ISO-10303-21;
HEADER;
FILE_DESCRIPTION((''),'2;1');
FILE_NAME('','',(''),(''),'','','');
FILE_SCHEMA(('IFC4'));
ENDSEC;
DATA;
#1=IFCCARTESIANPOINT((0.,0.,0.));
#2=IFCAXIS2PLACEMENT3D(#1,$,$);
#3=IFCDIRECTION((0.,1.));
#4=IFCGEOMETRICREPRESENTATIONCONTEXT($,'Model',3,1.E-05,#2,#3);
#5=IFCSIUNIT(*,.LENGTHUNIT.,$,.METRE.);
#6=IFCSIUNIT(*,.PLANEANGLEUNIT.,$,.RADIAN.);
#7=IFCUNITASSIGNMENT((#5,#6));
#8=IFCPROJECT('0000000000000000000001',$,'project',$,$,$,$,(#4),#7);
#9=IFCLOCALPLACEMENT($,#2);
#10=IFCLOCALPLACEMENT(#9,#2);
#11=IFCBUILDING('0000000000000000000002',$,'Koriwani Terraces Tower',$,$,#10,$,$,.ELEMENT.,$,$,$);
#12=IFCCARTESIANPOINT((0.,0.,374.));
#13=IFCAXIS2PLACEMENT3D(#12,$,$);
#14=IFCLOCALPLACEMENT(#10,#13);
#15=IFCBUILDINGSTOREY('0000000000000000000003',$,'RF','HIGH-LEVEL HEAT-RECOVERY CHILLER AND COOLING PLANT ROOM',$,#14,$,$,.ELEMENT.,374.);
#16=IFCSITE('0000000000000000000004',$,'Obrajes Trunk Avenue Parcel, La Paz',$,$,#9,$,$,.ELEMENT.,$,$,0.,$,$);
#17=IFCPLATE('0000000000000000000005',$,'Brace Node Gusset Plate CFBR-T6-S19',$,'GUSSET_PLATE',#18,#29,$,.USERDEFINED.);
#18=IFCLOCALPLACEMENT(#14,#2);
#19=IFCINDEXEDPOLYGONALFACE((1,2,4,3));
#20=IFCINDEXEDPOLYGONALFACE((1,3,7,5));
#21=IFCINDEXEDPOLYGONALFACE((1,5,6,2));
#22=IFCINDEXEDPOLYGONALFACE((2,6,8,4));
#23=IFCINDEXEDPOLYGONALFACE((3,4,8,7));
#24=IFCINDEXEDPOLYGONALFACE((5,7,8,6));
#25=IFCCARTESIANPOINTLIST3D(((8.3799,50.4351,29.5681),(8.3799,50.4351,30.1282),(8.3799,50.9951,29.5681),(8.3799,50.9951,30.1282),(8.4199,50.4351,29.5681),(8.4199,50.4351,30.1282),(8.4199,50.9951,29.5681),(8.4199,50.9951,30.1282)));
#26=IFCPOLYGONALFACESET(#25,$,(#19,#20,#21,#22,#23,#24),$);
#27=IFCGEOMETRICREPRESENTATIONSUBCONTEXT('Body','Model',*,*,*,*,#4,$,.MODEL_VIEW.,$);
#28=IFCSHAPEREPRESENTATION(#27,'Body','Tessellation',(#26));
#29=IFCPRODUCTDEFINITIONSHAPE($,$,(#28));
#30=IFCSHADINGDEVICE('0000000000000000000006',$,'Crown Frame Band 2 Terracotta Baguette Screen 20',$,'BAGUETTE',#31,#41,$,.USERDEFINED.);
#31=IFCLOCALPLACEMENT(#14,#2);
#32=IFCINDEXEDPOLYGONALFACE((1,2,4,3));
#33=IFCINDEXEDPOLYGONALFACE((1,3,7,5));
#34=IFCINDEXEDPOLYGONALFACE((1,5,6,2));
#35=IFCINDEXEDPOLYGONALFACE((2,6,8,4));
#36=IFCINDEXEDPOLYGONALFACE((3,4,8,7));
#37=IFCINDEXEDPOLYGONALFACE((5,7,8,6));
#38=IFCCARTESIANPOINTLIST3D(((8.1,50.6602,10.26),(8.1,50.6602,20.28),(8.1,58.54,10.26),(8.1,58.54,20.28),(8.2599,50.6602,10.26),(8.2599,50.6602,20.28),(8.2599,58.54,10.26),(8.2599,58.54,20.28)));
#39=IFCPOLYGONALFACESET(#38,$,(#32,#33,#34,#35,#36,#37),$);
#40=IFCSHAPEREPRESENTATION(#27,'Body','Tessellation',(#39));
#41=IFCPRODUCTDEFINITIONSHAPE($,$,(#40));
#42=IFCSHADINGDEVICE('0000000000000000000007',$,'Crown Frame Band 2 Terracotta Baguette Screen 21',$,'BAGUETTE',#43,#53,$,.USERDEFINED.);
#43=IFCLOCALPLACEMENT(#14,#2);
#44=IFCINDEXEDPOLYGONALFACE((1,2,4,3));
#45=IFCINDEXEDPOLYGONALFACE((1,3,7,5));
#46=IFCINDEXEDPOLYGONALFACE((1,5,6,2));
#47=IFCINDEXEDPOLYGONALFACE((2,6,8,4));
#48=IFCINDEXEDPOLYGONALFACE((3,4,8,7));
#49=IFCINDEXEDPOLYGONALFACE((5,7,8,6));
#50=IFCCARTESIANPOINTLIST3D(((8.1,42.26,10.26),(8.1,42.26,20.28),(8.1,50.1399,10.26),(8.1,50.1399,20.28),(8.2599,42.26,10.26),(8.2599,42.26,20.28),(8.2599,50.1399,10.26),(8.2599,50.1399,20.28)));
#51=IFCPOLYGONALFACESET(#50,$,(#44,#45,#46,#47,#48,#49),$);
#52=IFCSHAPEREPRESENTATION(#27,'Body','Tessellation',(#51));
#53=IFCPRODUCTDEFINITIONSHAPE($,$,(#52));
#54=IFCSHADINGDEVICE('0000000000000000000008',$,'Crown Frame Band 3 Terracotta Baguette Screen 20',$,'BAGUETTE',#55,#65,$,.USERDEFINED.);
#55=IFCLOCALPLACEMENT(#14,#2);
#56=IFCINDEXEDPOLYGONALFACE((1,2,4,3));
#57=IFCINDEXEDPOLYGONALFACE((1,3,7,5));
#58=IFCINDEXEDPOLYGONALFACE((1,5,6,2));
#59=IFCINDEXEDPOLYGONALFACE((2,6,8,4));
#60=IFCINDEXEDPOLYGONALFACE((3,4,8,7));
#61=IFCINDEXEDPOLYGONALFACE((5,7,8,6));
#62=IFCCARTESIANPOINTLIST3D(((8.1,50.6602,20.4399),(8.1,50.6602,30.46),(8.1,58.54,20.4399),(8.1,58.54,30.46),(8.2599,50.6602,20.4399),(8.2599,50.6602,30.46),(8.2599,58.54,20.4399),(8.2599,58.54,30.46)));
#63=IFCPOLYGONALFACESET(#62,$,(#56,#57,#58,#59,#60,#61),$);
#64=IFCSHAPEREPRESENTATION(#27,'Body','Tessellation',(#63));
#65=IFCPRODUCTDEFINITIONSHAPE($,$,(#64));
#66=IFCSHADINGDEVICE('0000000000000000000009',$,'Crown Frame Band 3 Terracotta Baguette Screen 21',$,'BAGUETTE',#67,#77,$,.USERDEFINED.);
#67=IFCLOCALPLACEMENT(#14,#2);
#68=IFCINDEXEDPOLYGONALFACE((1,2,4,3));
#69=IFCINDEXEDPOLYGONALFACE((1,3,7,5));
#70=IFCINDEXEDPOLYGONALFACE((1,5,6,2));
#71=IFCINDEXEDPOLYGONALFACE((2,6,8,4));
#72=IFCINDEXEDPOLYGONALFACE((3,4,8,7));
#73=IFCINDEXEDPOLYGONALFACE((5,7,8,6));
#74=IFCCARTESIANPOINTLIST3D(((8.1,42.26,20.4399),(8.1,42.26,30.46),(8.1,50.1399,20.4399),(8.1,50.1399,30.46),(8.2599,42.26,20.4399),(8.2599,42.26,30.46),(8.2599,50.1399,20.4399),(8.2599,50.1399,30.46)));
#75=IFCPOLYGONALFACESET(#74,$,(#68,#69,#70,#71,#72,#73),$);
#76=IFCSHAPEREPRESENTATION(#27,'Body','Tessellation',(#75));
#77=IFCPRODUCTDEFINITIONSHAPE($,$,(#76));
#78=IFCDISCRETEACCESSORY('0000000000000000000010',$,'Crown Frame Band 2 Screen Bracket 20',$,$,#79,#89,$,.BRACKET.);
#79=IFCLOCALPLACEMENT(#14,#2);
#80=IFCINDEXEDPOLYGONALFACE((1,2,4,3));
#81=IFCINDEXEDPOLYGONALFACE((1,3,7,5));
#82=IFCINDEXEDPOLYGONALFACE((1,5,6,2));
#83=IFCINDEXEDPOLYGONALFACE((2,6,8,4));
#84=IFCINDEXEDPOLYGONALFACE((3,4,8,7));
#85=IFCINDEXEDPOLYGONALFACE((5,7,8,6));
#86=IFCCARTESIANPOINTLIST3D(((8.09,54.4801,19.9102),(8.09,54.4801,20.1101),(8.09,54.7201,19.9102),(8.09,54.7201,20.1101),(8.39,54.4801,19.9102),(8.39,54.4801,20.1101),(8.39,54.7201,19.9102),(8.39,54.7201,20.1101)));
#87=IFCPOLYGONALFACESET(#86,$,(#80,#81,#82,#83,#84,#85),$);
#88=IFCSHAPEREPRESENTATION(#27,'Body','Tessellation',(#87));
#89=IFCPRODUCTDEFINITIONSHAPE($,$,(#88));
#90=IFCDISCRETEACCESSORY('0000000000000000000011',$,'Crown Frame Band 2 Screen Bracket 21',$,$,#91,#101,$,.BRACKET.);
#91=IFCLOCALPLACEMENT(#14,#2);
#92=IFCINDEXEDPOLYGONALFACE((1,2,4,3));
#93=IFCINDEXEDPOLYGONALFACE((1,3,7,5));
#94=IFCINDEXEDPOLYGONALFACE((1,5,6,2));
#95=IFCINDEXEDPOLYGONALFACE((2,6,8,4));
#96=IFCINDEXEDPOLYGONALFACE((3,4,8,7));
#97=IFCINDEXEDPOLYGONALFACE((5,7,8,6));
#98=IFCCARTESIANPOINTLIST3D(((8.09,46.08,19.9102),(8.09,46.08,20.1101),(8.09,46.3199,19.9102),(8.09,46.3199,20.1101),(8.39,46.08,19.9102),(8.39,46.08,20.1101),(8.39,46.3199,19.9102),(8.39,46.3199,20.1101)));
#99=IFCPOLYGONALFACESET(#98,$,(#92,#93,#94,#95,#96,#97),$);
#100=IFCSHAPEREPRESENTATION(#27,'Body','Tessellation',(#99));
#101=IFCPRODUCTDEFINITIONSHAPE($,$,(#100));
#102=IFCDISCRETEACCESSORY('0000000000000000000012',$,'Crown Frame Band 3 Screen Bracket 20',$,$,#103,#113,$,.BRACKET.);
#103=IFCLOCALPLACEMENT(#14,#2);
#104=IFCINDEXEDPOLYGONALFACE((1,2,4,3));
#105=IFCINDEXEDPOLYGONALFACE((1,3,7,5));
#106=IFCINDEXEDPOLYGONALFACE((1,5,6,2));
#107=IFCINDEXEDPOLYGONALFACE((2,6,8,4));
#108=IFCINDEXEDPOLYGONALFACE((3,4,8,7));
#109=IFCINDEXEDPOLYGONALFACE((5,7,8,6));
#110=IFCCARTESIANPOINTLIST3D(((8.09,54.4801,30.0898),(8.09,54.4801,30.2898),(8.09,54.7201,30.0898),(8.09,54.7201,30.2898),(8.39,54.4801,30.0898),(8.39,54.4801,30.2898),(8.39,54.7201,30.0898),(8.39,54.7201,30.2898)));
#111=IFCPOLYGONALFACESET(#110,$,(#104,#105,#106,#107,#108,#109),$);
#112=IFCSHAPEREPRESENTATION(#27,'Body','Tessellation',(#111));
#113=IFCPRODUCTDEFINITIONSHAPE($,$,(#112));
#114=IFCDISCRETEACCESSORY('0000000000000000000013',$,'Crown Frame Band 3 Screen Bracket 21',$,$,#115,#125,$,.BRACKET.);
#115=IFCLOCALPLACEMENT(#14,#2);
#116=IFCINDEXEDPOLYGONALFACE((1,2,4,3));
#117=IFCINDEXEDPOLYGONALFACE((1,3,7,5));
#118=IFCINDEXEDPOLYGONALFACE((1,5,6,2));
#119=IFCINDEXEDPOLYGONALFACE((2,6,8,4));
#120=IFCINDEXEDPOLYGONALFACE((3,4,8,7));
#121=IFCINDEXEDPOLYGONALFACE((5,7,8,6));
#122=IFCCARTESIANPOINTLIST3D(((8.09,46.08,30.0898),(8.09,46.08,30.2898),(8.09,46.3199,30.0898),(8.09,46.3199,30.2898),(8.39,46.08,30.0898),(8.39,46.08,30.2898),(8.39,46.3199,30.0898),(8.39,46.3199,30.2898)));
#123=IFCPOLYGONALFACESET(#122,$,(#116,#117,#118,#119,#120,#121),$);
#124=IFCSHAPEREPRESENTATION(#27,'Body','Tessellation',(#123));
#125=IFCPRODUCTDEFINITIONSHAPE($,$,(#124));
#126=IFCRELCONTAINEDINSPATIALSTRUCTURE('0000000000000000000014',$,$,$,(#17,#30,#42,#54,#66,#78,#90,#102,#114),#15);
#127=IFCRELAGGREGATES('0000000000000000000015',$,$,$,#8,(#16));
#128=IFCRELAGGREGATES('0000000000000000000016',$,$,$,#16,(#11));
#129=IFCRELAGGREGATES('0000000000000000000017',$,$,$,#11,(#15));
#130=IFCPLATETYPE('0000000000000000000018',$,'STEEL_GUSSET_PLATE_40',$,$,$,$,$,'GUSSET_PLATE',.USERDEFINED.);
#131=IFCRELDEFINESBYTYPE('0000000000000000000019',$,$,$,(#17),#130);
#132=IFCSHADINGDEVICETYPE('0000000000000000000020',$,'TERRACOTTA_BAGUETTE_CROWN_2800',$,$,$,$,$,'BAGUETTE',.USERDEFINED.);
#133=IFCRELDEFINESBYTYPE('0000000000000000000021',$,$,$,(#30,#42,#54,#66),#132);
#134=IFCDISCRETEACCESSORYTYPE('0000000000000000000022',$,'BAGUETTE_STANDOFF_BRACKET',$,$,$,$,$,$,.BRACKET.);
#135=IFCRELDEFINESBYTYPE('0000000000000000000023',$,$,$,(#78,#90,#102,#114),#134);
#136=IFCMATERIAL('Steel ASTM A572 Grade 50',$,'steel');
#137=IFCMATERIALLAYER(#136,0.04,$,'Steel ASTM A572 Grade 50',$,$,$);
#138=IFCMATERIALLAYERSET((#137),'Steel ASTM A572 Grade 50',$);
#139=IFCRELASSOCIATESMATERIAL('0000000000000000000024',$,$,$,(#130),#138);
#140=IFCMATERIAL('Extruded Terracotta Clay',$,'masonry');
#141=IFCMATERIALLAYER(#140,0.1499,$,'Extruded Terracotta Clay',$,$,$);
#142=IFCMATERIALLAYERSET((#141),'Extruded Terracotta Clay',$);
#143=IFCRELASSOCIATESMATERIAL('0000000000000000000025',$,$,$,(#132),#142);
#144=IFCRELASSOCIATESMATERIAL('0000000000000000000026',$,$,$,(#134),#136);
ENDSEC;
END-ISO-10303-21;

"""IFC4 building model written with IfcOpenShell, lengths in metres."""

from ifc_helpers import new_model, si_unit, direction, frame, origin, origin_2d, place, context, subcontext, project, spatial, rectangle, extrude, material, layer, layer_set, type_object, element, save


model = new_model("IFC4")

# Units and contexts
model_context = context("Model", 3, precision=1e-05, world=origin(), true_north=direction((0.0, 1.0)))
body_context = subcontext(model_context, "Body", "Model", "MODEL_VIEW")
ifc_project = project(units=[si_unit("LENGTHUNIT", "METRE"), si_unit("PLANEANGLEUNIT", "RADIAN")], contexts=[model_context])

# Site, building, storey
site_placement = place(None, origin())
site = spatial("IfcSite", under=ifc_project, at=site_placement, Name="Obrajes Trunk Avenue Parcel, La Paz", CompositionType="ELEMENT", RefElevation=0.0)
building_placement = place(site_placement, origin())
building = spatial("IfcBuilding", under=site, at=building_placement, Name="Koriwani Terraces Tower", CompositionType="ELEMENT")
storey_placement = place(building_placement, frame((0.0, 0.0, 374.0)))
storey = spatial("IfcBuildingStorey", under=building, at=storey_placement, Name="RF", Description="HIGH-LEVEL HEAT-RECOVERY CHILLER AND COOLING PLANT ROOM", CompositionType="ELEMENT", Elevation=374.0)

# Shared definitions
ifc_material_1 = material(Name="Steel ASTM A572 Grade 50", Category="steel")

# Plate
ifc_layer_1 = layer(ifc_material_1, 0.04, Name="Steel ASTM A572 Grade 50")
ifc_layer_set_1 = layer_set([ifc_layer_1], Name="Steel ASTM A572 Grade 50")
plate_type_1 = type_object("IfcPlateType", Name="STEEL_GUSSET_PLATE_40", ElementType="GUSSET_PLATE", PredefinedType="USERDEFINED", material=ifc_layer_set_1)
for number, where, z_axis, x_axis, name in (
    (1, (8.3999, 50.7151, 29.5681), (0.0, 0.0, 1.0), (0.0, -1.0, 0.0), "Brace Node Gusset Plate CFBR-T6-S19"),
):
    element("IfcPlate", number, at=place(storey_placement, frame(where, z_axis=z_axis, x_axis=x_axis)), inside=storey, type_object=plate_type_1, Name=name, ObjectType="GUSSET_PLATE", PredefinedType="USERDEFINED", context=body_context, shape_type="SweptSolid", body=[
        extrude(rectangle(XDim=0.5601, YDim=0.04, at=origin_2d()), origin(), (0.0, 0.0, 1.0), 0.5601),
    ])

# Shading devices
ifc_material_2 = material(Name="Extruded Terracotta Clay", Category="masonry")
ifc_layer_2 = layer(ifc_material_2, 0.1499, Name="Extruded Terracotta Clay")
ifc_layer_set_2 = layer_set([ifc_layer_2], Name="Extruded Terracotta Clay")
shading_device_type = type_object("IfcShadingDeviceType", Name="TERRACOTTA_BAGUETTE_CROWN_2800", ElementType="BAGUETTE", PredefinedType="USERDEFINED", material=ifc_layer_set_2)
for number, where, z_axis, x_axis, name in (
    (2, (8.1799, 54.6001, 10.26), (0.0, 0.0, 1.0), (0.0, -1.0, 0.0), "Crown Frame Band 2 Terracotta Baguette Screen 20"),
    (3, (8.1799, 46.2, 10.26), (0.0, 0.0, 1.0), (0.0, -1.0, 0.0), "Crown Frame Band 2 Terracotta Baguette Screen 21"),
    (4, (8.1799, 54.6001, 20.4399), (0.0, 0.0, 1.0), (0.0, -1.0, 0.0), "Crown Frame Band 3 Terracotta Baguette Screen 20"),
    (5, (8.1799, 46.2, 20.4399), (0.0, 0.0, 1.0), (0.0, -1.0, 0.0), "Crown Frame Band 3 Terracotta Baguette Screen 21"),
):
    element("IfcShadingDevice", number, at=place(storey_placement, frame(where, z_axis=z_axis, x_axis=x_axis)), inside=storey, type_object=shading_device_type, Name=name, ObjectType="BAGUETTE", PredefinedType="USERDEFINED", context=body_context, shape_type="SweptSolid", body=[
        extrude(rectangle(XDim=7.8799, YDim=0.1599, at=origin_2d()), origin(), (0.0, 0.0, 1.0), 10.02),
    ])

# Discrete accessories
discrete_accessory_type = type_object("IfcDiscreteAccessoryType", Name="BAGUETTE_STANDOFF_BRACKET", PredefinedType="BRACKET", material=ifc_material_1)
for number, where, z_axis, x_axis, name in (
    (6, (8.24, 54.6001, 19.9102), (0.0, 0.0, 1.0), (0.0, -1.0, 0.0), "Crown Frame Band 2 Screen Bracket 20"),
    (7, (8.24, 46.2, 19.9102), (0.0, 0.0, 1.0), (0.0, -1.0, 0.0), "Crown Frame Band 2 Screen Bracket 21"),
    (8, (8.24, 54.6001, 30.0898), (0.0, 0.0, 1.0), (0.0, -1.0, 0.0), "Crown Frame Band 3 Screen Bracket 20"),
    (9, (8.24, 46.2, 30.0898), (0.0, 0.0, 1.0), (0.0, -1.0, 0.0), "Crown Frame Band 3 Screen Bracket 21"),
):
    element("IfcDiscreteAccessory", number, at=place(storey_placement, frame(where, z_axis=z_axis, x_axis=x_axis)), inside=storey, type_object=discrete_accessory_type, Name=name, PredefinedType="BRACKET", context=body_context, shape_type="SweptSolid", body=[
        extrude(rectangle(XDim=0.24, YDim=0.3, at=origin_2d()), origin(), (0.0, 0.0, 1.0), 0.2),
    ])

save(model, "model.ifc")
